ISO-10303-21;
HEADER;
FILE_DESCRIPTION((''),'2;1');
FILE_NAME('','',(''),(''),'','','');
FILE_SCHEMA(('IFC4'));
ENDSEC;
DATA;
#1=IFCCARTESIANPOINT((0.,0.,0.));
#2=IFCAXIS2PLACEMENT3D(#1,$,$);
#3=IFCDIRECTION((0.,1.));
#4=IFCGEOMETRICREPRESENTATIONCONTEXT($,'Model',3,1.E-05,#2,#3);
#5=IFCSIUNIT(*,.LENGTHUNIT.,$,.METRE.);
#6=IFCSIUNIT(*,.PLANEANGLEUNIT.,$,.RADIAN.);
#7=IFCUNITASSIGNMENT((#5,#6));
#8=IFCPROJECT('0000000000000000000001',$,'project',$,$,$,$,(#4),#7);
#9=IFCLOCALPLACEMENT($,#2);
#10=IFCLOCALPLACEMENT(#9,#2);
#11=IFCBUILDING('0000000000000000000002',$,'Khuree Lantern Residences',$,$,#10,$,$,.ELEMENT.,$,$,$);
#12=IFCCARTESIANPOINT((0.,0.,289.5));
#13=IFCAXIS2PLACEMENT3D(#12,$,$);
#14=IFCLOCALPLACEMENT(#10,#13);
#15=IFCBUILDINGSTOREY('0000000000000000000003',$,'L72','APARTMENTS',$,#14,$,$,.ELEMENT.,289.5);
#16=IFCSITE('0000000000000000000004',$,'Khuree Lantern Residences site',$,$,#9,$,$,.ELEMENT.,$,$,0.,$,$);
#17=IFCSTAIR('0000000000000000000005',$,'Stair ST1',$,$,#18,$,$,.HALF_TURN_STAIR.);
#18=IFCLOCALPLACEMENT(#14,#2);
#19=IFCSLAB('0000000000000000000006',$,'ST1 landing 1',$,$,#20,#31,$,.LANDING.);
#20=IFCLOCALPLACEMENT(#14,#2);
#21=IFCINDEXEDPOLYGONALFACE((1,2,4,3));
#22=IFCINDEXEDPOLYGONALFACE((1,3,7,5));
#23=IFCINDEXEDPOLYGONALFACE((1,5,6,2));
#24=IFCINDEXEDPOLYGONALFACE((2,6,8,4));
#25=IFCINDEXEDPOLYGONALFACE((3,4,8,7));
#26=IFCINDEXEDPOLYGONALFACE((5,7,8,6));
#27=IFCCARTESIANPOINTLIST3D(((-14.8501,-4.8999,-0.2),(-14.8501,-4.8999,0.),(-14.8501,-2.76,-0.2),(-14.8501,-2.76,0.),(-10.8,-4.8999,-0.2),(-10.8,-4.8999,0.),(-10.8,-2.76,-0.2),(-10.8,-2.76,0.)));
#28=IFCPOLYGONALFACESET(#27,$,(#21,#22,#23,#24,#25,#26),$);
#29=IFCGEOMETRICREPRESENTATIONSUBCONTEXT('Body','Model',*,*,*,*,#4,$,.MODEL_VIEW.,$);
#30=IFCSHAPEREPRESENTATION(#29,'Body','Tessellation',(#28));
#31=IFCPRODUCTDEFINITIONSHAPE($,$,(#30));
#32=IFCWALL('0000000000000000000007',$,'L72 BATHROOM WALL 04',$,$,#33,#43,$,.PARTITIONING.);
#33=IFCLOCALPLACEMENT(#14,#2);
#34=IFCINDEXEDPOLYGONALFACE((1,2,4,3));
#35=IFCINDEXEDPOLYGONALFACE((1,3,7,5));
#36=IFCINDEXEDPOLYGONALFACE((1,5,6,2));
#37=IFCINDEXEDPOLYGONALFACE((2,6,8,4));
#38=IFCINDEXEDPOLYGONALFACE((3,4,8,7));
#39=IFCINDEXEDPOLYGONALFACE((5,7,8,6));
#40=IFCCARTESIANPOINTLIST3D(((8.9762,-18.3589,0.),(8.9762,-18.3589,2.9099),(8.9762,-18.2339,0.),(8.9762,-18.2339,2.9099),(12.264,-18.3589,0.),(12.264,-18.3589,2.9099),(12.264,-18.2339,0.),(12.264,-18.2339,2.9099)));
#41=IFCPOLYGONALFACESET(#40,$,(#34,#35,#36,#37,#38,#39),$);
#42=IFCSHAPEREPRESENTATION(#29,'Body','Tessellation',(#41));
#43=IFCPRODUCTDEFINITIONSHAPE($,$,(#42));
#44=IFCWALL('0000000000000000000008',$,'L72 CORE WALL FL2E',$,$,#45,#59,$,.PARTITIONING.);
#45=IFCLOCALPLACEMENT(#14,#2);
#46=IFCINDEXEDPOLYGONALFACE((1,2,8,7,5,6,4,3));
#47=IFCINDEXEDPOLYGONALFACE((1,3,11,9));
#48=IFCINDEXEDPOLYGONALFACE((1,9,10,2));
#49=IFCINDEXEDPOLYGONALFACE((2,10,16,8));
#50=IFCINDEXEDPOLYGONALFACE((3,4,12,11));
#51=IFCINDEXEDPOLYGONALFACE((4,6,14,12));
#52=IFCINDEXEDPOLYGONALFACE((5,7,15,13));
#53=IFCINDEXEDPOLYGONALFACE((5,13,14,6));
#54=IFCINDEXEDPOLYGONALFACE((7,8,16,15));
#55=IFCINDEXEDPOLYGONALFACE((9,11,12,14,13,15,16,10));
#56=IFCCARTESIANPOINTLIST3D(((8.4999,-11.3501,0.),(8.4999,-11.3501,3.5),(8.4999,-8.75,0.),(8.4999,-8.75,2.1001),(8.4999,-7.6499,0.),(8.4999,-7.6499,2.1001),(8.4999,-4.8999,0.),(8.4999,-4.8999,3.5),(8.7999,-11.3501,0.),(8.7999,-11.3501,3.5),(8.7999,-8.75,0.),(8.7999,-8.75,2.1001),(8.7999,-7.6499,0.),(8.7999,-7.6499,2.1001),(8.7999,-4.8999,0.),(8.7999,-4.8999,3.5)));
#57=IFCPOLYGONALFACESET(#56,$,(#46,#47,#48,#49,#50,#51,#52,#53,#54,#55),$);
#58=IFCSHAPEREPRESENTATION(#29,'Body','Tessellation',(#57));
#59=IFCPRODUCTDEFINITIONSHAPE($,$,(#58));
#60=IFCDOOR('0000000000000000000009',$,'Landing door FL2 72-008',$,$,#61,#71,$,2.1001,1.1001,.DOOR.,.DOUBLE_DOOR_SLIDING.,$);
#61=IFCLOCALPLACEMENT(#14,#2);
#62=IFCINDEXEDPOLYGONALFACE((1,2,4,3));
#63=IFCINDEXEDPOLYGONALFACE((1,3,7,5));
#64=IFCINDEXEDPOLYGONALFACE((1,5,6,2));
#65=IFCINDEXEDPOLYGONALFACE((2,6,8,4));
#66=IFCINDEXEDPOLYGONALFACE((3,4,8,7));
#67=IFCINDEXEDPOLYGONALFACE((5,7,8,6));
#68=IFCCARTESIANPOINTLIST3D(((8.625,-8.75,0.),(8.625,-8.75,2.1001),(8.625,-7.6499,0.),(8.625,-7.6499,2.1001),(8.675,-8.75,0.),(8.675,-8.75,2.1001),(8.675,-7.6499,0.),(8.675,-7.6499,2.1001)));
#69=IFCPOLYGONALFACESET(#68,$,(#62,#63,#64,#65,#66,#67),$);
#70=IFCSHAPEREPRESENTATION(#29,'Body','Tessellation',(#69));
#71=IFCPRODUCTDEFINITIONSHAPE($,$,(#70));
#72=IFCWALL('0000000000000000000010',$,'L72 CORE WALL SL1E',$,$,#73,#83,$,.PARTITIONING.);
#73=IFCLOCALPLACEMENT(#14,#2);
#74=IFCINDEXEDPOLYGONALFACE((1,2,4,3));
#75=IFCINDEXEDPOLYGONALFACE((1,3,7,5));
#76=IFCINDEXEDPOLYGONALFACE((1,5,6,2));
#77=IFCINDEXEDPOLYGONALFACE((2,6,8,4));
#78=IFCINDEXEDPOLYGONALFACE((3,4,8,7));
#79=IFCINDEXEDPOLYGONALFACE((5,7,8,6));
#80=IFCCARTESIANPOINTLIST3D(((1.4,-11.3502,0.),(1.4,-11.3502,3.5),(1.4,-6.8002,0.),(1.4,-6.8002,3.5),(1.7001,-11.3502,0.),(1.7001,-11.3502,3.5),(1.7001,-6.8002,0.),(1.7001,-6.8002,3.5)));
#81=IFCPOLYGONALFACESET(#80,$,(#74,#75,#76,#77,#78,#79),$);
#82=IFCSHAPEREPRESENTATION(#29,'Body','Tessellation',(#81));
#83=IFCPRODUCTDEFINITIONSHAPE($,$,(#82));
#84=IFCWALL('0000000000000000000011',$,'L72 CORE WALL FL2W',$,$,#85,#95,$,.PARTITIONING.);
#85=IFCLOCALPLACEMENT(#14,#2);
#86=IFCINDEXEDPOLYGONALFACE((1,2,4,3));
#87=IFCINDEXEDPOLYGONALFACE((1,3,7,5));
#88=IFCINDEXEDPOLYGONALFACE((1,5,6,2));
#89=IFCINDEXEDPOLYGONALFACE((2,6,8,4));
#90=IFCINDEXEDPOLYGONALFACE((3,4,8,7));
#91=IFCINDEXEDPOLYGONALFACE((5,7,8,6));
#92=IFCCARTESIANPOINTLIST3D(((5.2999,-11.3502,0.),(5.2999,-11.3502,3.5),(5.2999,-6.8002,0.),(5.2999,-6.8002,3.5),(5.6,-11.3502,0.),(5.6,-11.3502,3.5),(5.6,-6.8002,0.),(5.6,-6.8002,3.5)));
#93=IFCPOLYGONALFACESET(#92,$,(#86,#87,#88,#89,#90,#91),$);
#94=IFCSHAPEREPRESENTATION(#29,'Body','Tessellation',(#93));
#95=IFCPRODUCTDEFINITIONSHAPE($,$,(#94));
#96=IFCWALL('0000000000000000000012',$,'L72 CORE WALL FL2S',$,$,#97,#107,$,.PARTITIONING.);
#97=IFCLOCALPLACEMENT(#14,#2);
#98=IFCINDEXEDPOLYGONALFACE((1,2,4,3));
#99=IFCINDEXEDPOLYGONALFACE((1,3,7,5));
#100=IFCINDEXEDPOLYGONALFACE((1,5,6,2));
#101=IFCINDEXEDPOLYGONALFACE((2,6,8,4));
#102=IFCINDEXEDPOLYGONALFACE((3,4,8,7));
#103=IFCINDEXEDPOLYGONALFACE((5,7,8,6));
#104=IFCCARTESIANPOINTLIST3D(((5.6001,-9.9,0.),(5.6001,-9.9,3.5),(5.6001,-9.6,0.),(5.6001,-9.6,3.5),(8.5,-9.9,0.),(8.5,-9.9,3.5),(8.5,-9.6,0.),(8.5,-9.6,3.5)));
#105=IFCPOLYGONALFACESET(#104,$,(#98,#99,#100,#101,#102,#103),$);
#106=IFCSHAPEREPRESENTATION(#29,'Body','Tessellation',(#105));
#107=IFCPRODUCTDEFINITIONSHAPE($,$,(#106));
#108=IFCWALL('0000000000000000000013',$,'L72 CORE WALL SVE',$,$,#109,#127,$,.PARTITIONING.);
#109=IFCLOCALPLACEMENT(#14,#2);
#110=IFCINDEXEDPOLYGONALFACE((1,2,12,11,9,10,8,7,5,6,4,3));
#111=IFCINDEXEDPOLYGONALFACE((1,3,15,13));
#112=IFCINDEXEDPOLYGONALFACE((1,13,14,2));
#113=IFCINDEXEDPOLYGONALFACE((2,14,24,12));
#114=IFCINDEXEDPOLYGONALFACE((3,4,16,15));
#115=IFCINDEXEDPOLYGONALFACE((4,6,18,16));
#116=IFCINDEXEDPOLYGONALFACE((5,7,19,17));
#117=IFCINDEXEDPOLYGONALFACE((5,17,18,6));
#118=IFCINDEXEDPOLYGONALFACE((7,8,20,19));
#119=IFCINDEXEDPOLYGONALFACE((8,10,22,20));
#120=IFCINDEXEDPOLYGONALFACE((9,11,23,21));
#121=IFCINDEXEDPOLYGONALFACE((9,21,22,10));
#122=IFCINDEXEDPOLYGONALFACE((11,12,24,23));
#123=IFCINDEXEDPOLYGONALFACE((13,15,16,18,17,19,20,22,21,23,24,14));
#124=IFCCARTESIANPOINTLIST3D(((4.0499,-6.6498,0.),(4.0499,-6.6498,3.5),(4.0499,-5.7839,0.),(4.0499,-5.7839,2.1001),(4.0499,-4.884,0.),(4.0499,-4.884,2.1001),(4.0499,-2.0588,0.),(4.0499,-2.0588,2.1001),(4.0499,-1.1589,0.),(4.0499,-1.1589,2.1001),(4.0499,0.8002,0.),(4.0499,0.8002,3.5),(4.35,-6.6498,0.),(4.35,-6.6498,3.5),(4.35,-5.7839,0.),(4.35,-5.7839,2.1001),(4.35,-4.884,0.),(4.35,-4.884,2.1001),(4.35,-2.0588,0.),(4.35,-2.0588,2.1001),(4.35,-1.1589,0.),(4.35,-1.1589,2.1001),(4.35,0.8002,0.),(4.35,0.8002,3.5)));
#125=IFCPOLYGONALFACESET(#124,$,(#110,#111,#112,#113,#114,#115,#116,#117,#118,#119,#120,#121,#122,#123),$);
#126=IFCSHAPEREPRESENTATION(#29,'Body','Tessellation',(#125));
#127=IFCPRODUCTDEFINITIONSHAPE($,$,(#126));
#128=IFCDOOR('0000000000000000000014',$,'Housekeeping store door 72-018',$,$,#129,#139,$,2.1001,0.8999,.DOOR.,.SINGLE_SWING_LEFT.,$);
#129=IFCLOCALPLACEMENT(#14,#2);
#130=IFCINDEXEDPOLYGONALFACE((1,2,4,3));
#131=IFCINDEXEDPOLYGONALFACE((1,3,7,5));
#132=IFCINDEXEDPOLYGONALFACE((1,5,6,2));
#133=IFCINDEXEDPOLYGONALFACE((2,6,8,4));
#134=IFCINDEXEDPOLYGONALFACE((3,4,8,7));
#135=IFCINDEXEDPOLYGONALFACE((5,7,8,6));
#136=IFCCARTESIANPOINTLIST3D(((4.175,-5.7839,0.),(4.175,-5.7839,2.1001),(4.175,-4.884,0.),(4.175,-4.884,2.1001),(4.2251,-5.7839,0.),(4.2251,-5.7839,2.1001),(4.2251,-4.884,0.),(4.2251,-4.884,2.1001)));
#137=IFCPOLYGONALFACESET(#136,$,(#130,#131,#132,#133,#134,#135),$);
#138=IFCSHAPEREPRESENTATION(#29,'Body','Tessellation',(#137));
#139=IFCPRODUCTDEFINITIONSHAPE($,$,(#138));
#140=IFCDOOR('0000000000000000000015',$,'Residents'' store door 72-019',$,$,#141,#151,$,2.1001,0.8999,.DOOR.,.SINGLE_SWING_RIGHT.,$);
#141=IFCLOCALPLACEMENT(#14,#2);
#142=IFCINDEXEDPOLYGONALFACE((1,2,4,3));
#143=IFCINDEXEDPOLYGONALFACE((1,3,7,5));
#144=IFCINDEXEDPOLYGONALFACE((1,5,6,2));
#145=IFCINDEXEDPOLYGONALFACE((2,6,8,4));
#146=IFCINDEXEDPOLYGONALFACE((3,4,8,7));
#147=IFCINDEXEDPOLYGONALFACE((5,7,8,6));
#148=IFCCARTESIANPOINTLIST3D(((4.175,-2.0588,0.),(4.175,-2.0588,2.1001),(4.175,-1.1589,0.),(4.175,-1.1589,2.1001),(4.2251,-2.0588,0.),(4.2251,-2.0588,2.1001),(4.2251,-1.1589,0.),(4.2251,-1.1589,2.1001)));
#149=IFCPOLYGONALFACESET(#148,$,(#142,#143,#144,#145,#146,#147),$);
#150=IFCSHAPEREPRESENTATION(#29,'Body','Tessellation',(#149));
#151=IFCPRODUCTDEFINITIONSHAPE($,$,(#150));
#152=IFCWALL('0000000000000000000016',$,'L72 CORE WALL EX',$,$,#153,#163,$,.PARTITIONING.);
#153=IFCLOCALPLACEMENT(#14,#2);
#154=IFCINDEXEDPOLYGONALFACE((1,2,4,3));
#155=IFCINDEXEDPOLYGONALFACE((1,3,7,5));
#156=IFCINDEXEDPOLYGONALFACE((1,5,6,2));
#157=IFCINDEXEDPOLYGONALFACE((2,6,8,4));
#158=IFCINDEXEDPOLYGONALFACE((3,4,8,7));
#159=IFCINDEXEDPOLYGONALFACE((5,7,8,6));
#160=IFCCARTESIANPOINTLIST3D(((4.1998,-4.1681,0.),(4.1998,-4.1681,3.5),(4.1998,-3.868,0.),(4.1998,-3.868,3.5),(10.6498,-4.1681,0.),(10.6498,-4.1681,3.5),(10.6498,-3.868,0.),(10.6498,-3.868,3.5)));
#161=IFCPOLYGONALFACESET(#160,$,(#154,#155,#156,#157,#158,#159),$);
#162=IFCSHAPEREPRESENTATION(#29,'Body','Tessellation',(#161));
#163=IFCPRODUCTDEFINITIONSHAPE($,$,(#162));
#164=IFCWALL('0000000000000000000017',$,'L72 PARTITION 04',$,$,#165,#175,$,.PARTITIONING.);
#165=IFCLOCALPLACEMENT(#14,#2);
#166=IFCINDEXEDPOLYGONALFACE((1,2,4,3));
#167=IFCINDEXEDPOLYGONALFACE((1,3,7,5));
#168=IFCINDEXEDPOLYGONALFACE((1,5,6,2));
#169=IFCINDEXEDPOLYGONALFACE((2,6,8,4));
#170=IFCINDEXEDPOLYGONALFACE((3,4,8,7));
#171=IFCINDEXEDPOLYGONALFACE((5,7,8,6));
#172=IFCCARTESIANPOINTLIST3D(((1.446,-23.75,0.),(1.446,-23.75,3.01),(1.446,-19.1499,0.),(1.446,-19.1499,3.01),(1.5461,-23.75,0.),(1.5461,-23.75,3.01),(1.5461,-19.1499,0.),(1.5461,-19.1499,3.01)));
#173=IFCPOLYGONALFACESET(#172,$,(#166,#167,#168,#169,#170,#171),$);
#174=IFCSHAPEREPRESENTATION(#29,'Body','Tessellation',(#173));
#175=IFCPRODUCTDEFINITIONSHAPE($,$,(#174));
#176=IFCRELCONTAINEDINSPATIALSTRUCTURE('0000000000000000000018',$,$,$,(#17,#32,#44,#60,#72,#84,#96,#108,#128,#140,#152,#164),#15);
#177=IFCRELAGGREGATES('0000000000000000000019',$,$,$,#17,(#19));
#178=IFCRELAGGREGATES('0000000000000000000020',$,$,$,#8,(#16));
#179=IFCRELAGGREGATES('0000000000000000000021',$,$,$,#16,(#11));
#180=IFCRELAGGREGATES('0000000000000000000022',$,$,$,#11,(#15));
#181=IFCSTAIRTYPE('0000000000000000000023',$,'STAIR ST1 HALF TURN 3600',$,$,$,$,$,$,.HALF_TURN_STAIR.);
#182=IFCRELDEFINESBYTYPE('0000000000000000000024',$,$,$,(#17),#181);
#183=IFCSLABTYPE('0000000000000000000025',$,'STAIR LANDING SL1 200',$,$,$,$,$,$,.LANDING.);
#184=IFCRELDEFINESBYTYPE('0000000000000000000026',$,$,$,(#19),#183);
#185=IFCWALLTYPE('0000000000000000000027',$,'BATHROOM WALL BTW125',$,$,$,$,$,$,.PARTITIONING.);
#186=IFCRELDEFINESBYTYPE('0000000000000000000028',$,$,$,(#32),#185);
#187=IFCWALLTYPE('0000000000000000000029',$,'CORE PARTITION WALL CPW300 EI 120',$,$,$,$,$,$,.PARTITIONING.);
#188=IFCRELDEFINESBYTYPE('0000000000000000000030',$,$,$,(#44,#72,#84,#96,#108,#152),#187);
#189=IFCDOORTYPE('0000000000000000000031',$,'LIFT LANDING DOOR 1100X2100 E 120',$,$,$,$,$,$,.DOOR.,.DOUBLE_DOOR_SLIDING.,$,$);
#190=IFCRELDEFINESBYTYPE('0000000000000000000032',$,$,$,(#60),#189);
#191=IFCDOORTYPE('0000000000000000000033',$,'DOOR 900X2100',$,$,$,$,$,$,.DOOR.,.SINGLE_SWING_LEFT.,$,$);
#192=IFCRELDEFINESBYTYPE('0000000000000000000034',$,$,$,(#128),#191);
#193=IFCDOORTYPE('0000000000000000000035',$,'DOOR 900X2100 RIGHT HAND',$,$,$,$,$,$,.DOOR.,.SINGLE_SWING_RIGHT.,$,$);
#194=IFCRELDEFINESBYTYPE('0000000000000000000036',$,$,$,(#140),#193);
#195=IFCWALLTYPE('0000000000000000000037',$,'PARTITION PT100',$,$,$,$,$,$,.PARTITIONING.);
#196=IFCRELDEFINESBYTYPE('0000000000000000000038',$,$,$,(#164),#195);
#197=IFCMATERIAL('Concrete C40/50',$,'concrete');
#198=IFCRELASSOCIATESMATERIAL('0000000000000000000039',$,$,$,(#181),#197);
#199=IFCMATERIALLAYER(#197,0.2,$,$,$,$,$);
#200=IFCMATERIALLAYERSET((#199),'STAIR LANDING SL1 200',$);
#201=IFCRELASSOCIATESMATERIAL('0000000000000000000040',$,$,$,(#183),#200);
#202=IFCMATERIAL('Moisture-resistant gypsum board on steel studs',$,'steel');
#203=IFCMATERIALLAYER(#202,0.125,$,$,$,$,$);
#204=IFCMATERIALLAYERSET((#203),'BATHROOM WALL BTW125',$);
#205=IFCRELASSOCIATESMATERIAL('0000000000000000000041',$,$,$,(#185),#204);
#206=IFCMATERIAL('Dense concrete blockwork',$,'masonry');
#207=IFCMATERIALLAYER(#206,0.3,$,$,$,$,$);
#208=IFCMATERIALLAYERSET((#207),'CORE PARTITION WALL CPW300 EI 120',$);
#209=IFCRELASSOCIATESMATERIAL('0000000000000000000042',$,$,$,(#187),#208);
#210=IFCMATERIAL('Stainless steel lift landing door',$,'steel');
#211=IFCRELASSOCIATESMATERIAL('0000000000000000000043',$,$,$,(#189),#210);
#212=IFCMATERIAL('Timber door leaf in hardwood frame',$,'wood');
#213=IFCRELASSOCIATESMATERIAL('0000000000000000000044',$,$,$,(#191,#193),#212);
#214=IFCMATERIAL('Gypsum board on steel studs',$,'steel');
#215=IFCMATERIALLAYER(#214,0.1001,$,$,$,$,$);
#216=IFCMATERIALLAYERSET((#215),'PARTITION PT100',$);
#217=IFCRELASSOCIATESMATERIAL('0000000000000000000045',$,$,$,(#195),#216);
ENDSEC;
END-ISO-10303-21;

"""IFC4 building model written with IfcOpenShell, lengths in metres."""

from ifc_helpers import new_model, si_unit, direction, frame, frame_2d, origin, place, context, subcontext, project, spatial, polyline, rectangle, outline, extrude, material, layer, layer_set, type_object, element, fill, aggregate, save


model = new_model("IFC4")

# Units and contexts
model_context = context("Model", 3, precision=1e-05, world=origin(), true_north=direction((0.0, 1.0)))
body_context = subcontext(model_context, "Body", "Model", "MODEL_VIEW")
ifc_project = project(units=[si_unit("LENGTHUNIT", "METRE"), si_unit("PLANEANGLEUNIT", "RADIAN")], contexts=[model_context])

# Site, building, storey
site_placement = place(None, origin())
site = spatial("IfcSite", under=ifc_project, at=site_placement, Name="Khuree Lantern Residences site", CompositionType="ELEMENT", RefElevation=0.0)
building_placement = place(site_placement, origin())
building = spatial("IfcBuilding", under=site, at=building_placement, Name="Khuree Lantern Residences", CompositionType="ELEMENT")
storey_placement = place(building_placement, frame((0.0, 0.0, 289.5)))
storey = spatial("IfcBuildingStorey", under=building, at=storey_placement, Name="L72", Description="APARTMENTS", CompositionType="ELEMENT", Elevation=289.5)

# Stair, slab
ifc_material_1 = material(Name="Concrete C40/50", Category="concrete")
stair_type = type_object("IfcStairType", Name="STAIR ST1 HALF TURN 3600", PredefinedType="HALF_TURN_STAIR", material=ifc_material_1)
stair_1_placement = place(storey_placement, origin())
stair_1 = element("IfcStair", 1, at=stair_1_placement, inside=storey, type_object=stair_type, Name="Stair ST1", PredefinedType="HALF_TURN_STAIR")
ifc_layer_1 = layer(ifc_material_1, 0.2)
ifc_layer_set_1 = layer_set([ifc_layer_1], Name="STAIR LANDING SL1 200")
slab_type = type_object("IfcSlabType", Name="STAIR LANDING SL1 200", PredefinedType="LANDING", material=ifc_layer_set_1)
slab_placement = place(storey_placement, frame((0.0, 0.0, -0.2)))
slab = element("IfcSlab", 2, at=slab_placement, type_object=slab_type, Name="ST1 landing 1", PredefinedType="LANDING", context=body_context, shape_type="SweptSolid", body=[
    extrude(outline(polyline([(-14.8501, -4.8999), (-10.8, -4.8999), (-10.8, -2.76), (-14.8501, -2.76), (-14.8501, -4.8999)])), origin(), (0.0, 0.0, 1.0), 0.2),
])
aggregate(stair_1, [slab])

# Wall
ifc_material_2 = material(Name="Moisture-resistant gypsum board on steel studs", Category="steel")
ifc_layer_2 = layer(ifc_material_2, 0.125)
ifc_layer_set_2 = layer_set([ifc_layer_2], Name="BATHROOM WALL BTW125")
wall_type_1 = type_object("IfcWallType", Name="BATHROOM WALL BTW125", PredefinedType="PARTITIONING", material=ifc_layer_set_2)
wall_1_placement = place(storey_placement, frame((8.9761, -18.2964, 0.0), z_axis=(0.0, 0.0, 1.0), x_axis=(1.0, 0.0, 0.0)))
element("IfcWall", 3, at=wall_1_placement, inside=storey, type_object=wall_type_1, Name="L72 BATHROOM WALL 04", PredefinedType="PARTITIONING", context=body_context, shape_type="SweptSolid", body=[
    extrude(rectangle(XDim=3.2878, YDim=0.125, at=frame_2d((1.644, 0.0))), origin(), (0.0, 0.0, 1.0), 2.9099),
])

# Wall, opening, door
ifc_material_3 = material(Name="Dense concrete blockwork", Category="masonry")
ifc_layer_3 = layer(ifc_material_3, 0.3)
ifc_layer_set_3 = layer_set([ifc_layer_3], Name="CORE PARTITION WALL CPW300 EI 120")
wall_type_2 = type_object("IfcWallType", Name="CORE PARTITION WALL CPW300 EI 120", PredefinedType="PARTITIONING", material=ifc_layer_set_3)
wall_2_placement = place(storey_placement, frame((8.6499, -11.3501, 0.0), z_axis=(0.0, 0.0, 1.0), x_axis=(0.0, 1.0, 0.0)))
wall_2 = element("IfcWall", 4, at=wall_2_placement, inside=storey, type_object=wall_type_2, Name="L72 CORE WALL FL2E", PredefinedType="PARTITIONING", context=body_context, shape_type="SweptSolid", body=[
    extrude(rectangle(XDim=6.4502, YDim=0.3, at=frame_2d((3.2251, 0.0))), origin(), (0.0, 0.0, 1.0), 3.5),
])
opening_1_placement = place(wall_2_placement, frame((2.6001, 0.0, 0.0)))
opening_1 = element("IfcOpeningElement", 5, at=opening_1_placement, cuts=wall_2, PredefinedType="OPENING", context=body_context, shape_type="SweptSolid", body=[
    extrude(rectangle(XDim=1.1001, YDim=2.1001, at=frame_2d((0.55, 1.05))), frame((0.0, 0.1602, 0.0), z_axis=(0.0, -1.0, 0.0), x_axis=(1.0, 0.0, 0.0)), (0.0, 0.0, 1.0), 0.3201),
])
ifc_material_4 = material(Name="Stainless steel lift landing door", Category="steel")
door_type_1 = type_object("IfcDoorType", Name="LIFT LANDING DOOR 1100X2100 E 120", OperationType="DOUBLE_DOOR_SLIDING", PredefinedType="DOOR", material=ifc_material_4)
door_1_placement = place(opening_1_placement, origin())
door_1 = element("IfcDoor", 6, at=door_1_placement, inside=storey, type_object=door_type_1, Name="Landing door FL2 72-008", OperationType="DOUBLE_DOOR_SLIDING", OverallHeight=2.1001, OverallWidth=1.1001, PredefinedType="DOOR", context=body_context, shape_type="SweptSolid", body=[
    extrude(rectangle(XDim=1.1001, YDim=2.1001, at=frame_2d((0.55, 1.05))), frame((0.0, 0.0249, 0.0), z_axis=(0.0, -1.0, 0.0), x_axis=(1.0, 0.0, 0.0)), (0.0, 0.0, 1.0), 0.05),
])
fill(opening_1, door_1)

# Walls
for number, where, z_axis, x_axis, name in (
    (7, (1.55, -11.3501, 0.0), (0.0, 0.0, 1.0), (0.0, 1.0, 0.0), "L72 CORE WALL SL1E"),
    (8, (5.45, -11.3501, 0.0), (0.0, 0.0, 1.0), (0.0, 1.0, 0.0), "L72 CORE WALL FL2W"),
):
    element("IfcWall", number, at=place(storey_placement, frame(where, z_axis=z_axis, x_axis=x_axis)), inside=storey, type_object=wall_type_2, Name=name, PredefinedType="PARTITIONING", context=body_context, shape_type="SweptSolid", body=[
        extrude(rectangle(XDim=4.55, YDim=0.3, at=frame_2d((2.2749, 0.0))), origin(), (0.0, 0.0, 1.0), 3.5),
    ])
wall_3_placement = place(storey_placement, frame((5.6001, -9.75, 0.0), z_axis=(0.0, 0.0, 1.0), x_axis=(1.0, 0.0, 0.0)))
element("IfcWall", 9, at=wall_3_placement, inside=storey, type_object=wall_type_2, Name="L72 CORE WALL FL2S", PredefinedType="PARTITIONING", context=body_context, shape_type="SweptSolid", body=[
    extrude(rectangle(XDim=2.8999, YDim=0.3, at=frame_2d((1.45, 0.0))), origin(), (0.0, 0.0, 1.0), 3.5),
])

# Wall, openings, doors
wall_4_placement = place(storey_placement, frame((4.2, -6.6499, 0.0), z_axis=(0.0, 0.0, 1.0), x_axis=(0.0, 1.0, 0.0)))
wall_4 = element("IfcWall", 10, at=wall_4_placement, inside=storey, type_object=wall_type_2, Name="L72 CORE WALL SVE", PredefinedType="PARTITIONING", context=body_context, shape_type="SweptSolid", body=[
    extrude(rectangle(XDim=7.45, YDim=0.3, at=frame_2d((3.7251, 0.0))), origin(), (0.0, 0.0, 1.0), 3.5),
])
opening_2_placement = place(wall_4_placement, frame((0.866, 0.0, 0.0)))
opening_2 = element("IfcOpeningElement", 11, at=opening_2_placement, cuts=wall_4, PredefinedType="OPENING", context=body_context, shape_type="SweptSolid", body=[
    extrude(rectangle(XDim=0.8999, YDim=2.1001, at=frame_2d((0.45, 1.05))), frame((0.0, 0.1602, 0.0), z_axis=(0.0, -1.0, 0.0), x_axis=(1.0, 0.0, 0.0)), (0.0, 0.0, 1.0), 0.3201),
])
opening_3_placement = place(wall_4_placement, frame((4.5911, 0.0, 0.0)))
opening_3 = element("IfcOpeningElement", 12, at=opening_3_placement, cuts=wall_4, PredefinedType="OPENING", context=body_context, shape_type="SweptSolid", body=[
    extrude(rectangle(XDim=0.8999, YDim=2.1001, at=frame_2d((0.45, 1.05))), frame((0.0, 0.1602, 0.0), z_axis=(0.0, -1.0, 0.0), x_axis=(1.0, 0.0, 0.0)), (0.0, 0.0, 1.0), 0.3201),
])
ifc_material_5 = material(Name="Timber door leaf in hardwood frame", Category="wood")
door_type_2 = type_object("IfcDoorType", Name="DOOR 900X2100", OperationType="SINGLE_SWING_LEFT", PredefinedType="DOOR", material=ifc_material_5)
door_2_placement = place(opening_2_placement, origin())
door_2 = element("IfcDoor", 13, at=door_2_placement, inside=storey, type_object=door_type_2, Name="Housekeeping store door 72-018", OperationType="SINGLE_SWING_LEFT", OverallHeight=2.1001, OverallWidth=0.8999, PredefinedType="DOOR", context=body_context, shape_type="SweptSolid", body=[
    extrude(rectangle(XDim=0.8999, YDim=2.1001, at=frame_2d((0.45, 1.05))), frame((0.0, 0.0249, 0.0), z_axis=(0.0, -1.0, 0.0), x_axis=(1.0, 0.0, 0.0)), (0.0, 0.0, 1.0), 0.05),
])
fill(opening_2, door_2)
door_type_3 = type_object("IfcDoorType", Name="DOOR 900X2100 RIGHT HAND", OperationType="SINGLE_SWING_RIGHT", PredefinedType="DOOR", material=ifc_material_5)
door_3_placement = place(opening_3_placement, origin())
door_3 = element("IfcDoor", 14, at=door_3_placement, inside=storey, type_object=door_type_3, Name="Residents' store door 72-019", OperationType="SINGLE_SWING_RIGHT", OverallHeight=2.1001, OverallWidth=0.8999, PredefinedType="DOOR", context=body_context, shape_type="SweptSolid", body=[
    extrude(rectangle(XDim=0.8999, YDim=2.1001, at=frame_2d((0.45, 1.05))), frame((0.0, 0.0249, 0.0), z_axis=(0.0, -1.0, 0.0), x_axis=(1.0, 0.0, 0.0)), (0.0, 0.0, 1.0), 0.05),
])
fill(opening_3, door_3)

# Walls
wall_5_placement = place(storey_placement, frame((10.6499, -4.0181, 0.0), z_axis=(0.0, 0.0, 1.0), x_axis=(-1.0, 0.0, 0.0)))
element("IfcWall", 15, at=wall_5_placement, inside=storey, type_object=wall_type_2, Name="L72 CORE WALL EX", PredefinedType="PARTITIONING", context=body_context, shape_type="SweptSolid", body=[
    extrude(rectangle(XDim=6.45, YDim=0.3, at=frame_2d((3.2251, 0.0))), origin(), (0.0, 0.0, 1.0), 3.5),
])
ifc_material_6 = material(Name="Gypsum board on steel studs", Category="steel")
ifc_layer_4 = layer(ifc_material_6, 0.1001)
ifc_layer_set_4 = layer_set([ifc_layer_4], Name="PARTITION PT100")
wall_type_3 = type_object("IfcWallType", Name="PARTITION PT100", PredefinedType="PARTITIONING", material=ifc_layer_set_4)
for number, where, z_axis, x_axis, name in (
    (16, (1.4961, -19.1499, 0.0), (0.0, 0.0, 1.0), (0.0, -1.0, 0.0), "L72 PARTITION 04"),
):
    element("IfcWall", number, at=place(storey_placement, frame(where, z_axis=z_axis, x_axis=x_axis)), inside=storey, type_object=wall_type_3, Name=name, PredefinedType="PARTITIONING", context=body_context, shape_type="SweptSolid", body=[
        extrude(rectangle(XDim=4.6001, YDim=0.1001, at=frame_2d((2.3, 0.0))), origin(), (0.0, 0.0, 1.0), 3.01),
    ])

save(model, "model.ifc")
